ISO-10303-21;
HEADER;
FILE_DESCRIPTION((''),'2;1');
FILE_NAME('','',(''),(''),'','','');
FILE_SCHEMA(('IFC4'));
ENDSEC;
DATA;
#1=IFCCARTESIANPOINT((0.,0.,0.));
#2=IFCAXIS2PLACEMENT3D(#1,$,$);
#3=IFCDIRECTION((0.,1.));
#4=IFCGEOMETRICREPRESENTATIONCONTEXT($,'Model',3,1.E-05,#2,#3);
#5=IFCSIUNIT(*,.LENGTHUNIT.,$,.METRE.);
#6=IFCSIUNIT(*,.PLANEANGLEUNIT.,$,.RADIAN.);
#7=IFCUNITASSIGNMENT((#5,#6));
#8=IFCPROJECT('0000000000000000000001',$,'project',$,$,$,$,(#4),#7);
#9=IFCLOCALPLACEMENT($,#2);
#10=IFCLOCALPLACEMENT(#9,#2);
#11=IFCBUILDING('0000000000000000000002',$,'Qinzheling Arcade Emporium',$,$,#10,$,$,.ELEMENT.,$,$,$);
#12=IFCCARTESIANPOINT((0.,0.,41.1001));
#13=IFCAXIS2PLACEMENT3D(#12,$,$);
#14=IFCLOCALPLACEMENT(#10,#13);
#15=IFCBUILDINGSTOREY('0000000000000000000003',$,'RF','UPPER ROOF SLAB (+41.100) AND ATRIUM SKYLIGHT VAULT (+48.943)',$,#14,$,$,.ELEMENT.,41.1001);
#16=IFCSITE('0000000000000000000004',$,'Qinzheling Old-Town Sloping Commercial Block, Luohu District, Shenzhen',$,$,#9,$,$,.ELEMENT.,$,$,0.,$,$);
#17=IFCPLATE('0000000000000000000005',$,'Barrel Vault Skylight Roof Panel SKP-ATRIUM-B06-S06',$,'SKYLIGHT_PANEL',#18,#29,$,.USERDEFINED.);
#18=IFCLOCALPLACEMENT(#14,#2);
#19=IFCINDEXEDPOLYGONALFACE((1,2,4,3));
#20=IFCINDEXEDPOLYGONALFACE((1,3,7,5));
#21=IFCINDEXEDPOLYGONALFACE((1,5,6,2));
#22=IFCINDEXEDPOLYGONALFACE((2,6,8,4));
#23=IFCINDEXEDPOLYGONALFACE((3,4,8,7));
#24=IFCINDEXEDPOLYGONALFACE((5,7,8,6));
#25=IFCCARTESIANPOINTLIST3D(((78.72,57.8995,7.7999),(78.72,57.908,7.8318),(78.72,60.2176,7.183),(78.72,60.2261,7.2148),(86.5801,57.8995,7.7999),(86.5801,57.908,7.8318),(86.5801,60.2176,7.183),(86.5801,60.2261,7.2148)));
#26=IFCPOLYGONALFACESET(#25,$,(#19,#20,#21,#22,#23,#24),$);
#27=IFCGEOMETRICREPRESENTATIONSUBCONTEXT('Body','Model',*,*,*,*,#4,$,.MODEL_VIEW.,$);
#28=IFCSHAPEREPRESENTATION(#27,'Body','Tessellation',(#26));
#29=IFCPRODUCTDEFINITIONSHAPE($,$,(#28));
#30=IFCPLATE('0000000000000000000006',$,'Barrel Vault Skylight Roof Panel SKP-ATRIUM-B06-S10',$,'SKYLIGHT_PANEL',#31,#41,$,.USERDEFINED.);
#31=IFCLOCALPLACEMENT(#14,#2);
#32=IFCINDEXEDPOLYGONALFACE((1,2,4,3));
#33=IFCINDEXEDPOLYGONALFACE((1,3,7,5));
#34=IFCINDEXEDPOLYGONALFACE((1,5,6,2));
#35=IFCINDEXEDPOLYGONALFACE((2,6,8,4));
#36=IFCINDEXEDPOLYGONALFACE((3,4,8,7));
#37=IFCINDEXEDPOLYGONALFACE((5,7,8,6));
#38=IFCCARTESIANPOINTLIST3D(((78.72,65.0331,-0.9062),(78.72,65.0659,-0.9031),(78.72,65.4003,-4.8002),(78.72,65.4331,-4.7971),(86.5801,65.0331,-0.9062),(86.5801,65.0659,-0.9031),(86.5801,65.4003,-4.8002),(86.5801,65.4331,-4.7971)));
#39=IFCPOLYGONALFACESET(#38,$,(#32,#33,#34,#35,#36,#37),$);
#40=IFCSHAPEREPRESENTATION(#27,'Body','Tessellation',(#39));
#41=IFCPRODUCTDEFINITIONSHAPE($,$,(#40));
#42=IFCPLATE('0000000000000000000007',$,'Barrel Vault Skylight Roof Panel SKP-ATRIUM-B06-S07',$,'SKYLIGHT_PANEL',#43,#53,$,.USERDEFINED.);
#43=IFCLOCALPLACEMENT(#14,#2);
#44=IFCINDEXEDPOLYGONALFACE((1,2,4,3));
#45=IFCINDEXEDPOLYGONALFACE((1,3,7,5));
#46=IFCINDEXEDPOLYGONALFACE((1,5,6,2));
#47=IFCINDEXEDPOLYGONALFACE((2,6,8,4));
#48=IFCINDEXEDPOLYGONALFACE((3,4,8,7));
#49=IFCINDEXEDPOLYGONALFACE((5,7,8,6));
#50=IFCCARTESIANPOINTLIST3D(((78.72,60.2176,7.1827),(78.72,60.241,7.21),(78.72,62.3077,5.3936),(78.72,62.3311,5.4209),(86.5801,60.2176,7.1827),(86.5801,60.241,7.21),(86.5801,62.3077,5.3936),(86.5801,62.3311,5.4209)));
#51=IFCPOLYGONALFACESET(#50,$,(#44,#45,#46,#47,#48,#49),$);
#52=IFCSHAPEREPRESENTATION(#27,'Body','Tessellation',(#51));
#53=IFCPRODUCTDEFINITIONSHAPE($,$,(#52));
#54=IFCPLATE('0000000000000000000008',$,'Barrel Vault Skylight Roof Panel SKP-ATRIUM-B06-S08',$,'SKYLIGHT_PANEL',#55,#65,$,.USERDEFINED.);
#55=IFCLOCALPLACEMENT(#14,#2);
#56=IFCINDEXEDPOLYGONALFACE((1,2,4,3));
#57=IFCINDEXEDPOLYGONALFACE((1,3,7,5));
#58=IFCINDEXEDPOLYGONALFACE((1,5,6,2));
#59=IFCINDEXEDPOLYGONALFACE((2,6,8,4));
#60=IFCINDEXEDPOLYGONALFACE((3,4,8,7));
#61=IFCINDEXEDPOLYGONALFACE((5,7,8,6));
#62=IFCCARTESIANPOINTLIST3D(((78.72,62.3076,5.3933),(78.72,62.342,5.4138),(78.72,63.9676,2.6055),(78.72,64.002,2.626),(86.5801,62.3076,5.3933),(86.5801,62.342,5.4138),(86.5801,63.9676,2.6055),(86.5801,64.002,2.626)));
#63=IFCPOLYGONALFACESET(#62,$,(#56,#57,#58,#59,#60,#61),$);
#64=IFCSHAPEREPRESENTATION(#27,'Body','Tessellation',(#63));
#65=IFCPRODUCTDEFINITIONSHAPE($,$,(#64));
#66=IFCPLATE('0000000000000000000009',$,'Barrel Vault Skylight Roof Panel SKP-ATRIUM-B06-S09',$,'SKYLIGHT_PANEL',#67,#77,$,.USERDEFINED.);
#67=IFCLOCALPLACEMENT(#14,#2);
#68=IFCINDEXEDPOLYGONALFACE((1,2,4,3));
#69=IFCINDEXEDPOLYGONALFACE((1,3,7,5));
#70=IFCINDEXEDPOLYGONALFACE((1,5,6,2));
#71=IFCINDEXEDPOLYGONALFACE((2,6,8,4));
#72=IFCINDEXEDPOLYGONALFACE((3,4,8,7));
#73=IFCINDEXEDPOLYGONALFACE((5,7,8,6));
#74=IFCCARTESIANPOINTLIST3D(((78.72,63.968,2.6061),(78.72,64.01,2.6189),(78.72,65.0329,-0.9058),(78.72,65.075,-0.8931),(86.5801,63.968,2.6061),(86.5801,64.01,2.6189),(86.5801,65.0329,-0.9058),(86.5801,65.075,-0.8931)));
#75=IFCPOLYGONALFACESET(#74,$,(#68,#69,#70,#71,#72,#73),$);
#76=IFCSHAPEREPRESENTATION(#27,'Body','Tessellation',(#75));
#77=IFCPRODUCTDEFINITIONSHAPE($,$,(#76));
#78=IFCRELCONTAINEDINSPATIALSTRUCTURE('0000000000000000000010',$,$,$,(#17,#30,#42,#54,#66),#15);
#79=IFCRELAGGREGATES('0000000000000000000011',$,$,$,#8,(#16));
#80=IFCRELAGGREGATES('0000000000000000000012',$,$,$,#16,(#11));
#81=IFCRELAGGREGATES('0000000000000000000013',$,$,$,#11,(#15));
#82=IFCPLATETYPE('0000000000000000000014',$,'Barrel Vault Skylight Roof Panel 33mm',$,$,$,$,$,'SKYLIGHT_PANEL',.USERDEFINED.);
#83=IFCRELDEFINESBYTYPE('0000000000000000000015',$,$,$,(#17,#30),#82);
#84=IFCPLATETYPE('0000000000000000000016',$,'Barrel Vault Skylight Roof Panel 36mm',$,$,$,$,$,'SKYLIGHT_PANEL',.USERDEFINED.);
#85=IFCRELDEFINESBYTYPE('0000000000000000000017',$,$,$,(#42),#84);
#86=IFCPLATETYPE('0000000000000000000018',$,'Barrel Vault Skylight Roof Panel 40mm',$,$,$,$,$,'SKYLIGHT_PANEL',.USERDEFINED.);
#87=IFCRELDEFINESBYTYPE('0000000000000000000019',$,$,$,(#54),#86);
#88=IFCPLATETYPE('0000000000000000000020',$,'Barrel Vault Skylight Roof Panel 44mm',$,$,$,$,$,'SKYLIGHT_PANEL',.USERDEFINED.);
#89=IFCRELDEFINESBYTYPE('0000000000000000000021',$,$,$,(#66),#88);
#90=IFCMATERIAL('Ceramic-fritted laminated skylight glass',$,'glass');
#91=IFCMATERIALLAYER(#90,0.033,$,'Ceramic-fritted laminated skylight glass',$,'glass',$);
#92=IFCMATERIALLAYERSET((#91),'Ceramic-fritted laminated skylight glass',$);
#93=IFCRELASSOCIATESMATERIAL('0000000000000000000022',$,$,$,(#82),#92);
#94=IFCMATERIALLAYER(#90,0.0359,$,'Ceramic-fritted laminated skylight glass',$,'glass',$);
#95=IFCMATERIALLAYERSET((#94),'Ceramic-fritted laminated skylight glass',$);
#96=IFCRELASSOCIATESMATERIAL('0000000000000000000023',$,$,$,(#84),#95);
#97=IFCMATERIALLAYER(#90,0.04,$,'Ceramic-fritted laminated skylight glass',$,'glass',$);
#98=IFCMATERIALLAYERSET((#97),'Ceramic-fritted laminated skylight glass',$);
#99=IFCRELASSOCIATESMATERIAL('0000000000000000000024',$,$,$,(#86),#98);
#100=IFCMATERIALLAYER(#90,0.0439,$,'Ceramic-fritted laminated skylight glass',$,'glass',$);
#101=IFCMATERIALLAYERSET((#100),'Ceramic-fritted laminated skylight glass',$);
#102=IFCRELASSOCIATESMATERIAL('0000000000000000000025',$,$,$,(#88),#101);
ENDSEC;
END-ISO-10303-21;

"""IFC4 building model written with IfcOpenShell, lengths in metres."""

from ifc_helpers import new_model, si_unit, direction, frame, origin, place, context, subcontext, project, spatial, polyline, outline, extrude, material, layer, layer_set, type_object, element, save


model = new_model("IFC4")

# Units and contexts
model_context = context("Model", 3, precision=1e-05, world=origin(), true_north=direction((0.0, 1.0)))
body_context = subcontext(model_context, "Body", "Model", "MODEL_VIEW")
ifc_project = project(units=[si_unit("LENGTHUNIT", "METRE"), si_unit("PLANEANGLEUNIT", "RADIAN")], contexts=[model_context])

# Site, building, storey
site_placement = place(None, origin())
site = spatial("IfcSite", under=ifc_project, at=site_placement, Name="Qinzheling Old-Town Sloping Commercial Block, Luohu District, Shenzhen", CompositionType="ELEMENT", RefElevation=0.0)
building_placement = place(site_placement, origin())
building = spatial("IfcBuilding", under=site, at=building_placement, Name="Qinzheling Arcade Emporium", CompositionType="ELEMENT")
storey_placement = place(building_placement, frame((0.0, 0.0, 41.1001)))
storey = spatial("IfcBuildingStorey", under=building, at=storey_placement, Name="RF", Description="UPPER ROOF SLAB (+41.100) AND ATRIUM SKYLIGHT VAULT (+48.943)", CompositionType="ELEMENT", Elevation=41.1001)

# Plates
ifc_material_1 = material(Name="Ceramic-fritted laminated skylight glass", Category="glass")
ifc_layer_1 = layer(ifc_material_1, 0.033, Name="Ceramic-fritted laminated skylight glass", Category="glass")
ifc_layer_set_1 = layer_set([ifc_layer_1], Name="Ceramic-fritted laminated skylight glass")
plate_type_1 = type_object("IfcPlateType", Name="Barrel Vault Skylight Roof Panel 33mm", ElementType="SKYLIGHT_PANEL", PredefinedType="USERDEFINED", material=ifc_layer_set_1)
plate_1_placement = place(storey_placement, frame((78.72, 57.908, 7.8318), z_axis=(0.0, 0.257188, 0.966362), x_axis=(1.0, 0.0, 0.0)))
element("IfcPlate", 1, at=plate_1_placement, inside=storey, type_object=plate_type_1, Name="Barrel Vault Skylight Roof Panel SKP-ATRIUM-B06-S06", ObjectType="SKYLIGHT_PANEL", PredefinedType="USERDEFINED", context=body_context, shape_type="SweptSolid", body=[
    extrude(outline(polyline([(0.0, 0.0), (7.8601, 0.0), (7.8601, 2.3988), (0.0, 2.3988), (0.0, 0.0)])), origin(), (0.0, 0.0, -1.0), 0.033),
])
plate_2_placement = place(storey_placement, frame((78.72, 65.0659, -0.9031), z_axis=(0.0, 0.995584, 0.093878), x_axis=(1.0, 0.0, 0.0)))
element("IfcPlate", 2, at=plate_2_placement, inside=storey, type_object=plate_type_1, Name="Barrel Vault Skylight Roof Panel SKP-ATRIUM-B06-S10", ObjectType="SKYLIGHT_PANEL", PredefinedType="USERDEFINED", context=body_context, shape_type="SweptSolid", body=[
    extrude(outline(polyline([(0.0, 0.0), (7.8601, 0.0), (7.8601, 3.9113), (0.0, 3.9113), (0.0, 0.0)])), origin(), (0.0, 0.0, -1.0), 0.033),
])
ifc_layer_2 = layer(ifc_material_1, 0.0359, Name="Ceramic-fritted laminated skylight glass", Category="glass")
ifc_layer_set_2 = layer_set([ifc_layer_2], Name="Ceramic-fritted laminated skylight glass")
plate_type_2 = type_object("IfcPlateType", Name="Barrel Vault Skylight Roof Panel 36mm", ElementType="SKYLIGHT_PANEL", PredefinedType="USERDEFINED", material=ifc_layer_set_2)
plate_3_placement = place(storey_placement, frame((78.72, 60.241, 7.21), z_axis=(0.0, 0.65028, 0.759695), x_axis=(1.0, 0.0, 0.0)))
element("IfcPlate", 3, at=plate_3_placement, inside=storey, type_object=plate_type_2, Name="Barrel Vault Skylight Roof Panel SKP-ATRIUM-B06-S07", ObjectType="SKYLIGHT_PANEL", PredefinedType="USERDEFINED", context=body_context, shape_type="SweptSolid", body=[
    extrude(outline(polyline([(0.0, 0.0), (7.8601, 0.0), (7.8601, 2.7512), (0.0, 2.7512), (0.0, 0.0)])), origin(), (0.0, 0.0, -1.0), 0.0359),
])
ifc_layer_3 = layer(ifc_material_1, 0.04, Name="Ceramic-fritted laminated skylight glass", Category="glass")
ifc_layer_set_3 = layer_set([ifc_layer_3], Name="Ceramic-fritted laminated skylight glass")
plate_type_3 = type_object("IfcPlateType", Name="Barrel Vault Skylight Roof Panel 40mm", ElementType="SKYLIGHT_PANEL", PredefinedType="USERDEFINED", material=ifc_layer_set_3)
plate_4_placement = place(storey_placement, frame((78.72, 62.342, 5.4138), z_axis=(0.0, 0.859228, 0.511594), x_axis=(1.0, 0.0, 0.0)))
element("IfcPlate", 4, at=plate_4_placement, inside=storey, type_object=plate_type_3, Name="Barrel Vault Skylight Roof Panel SKP-ATRIUM-B06-S08", ObjectType="SKYLIGHT_PANEL", PredefinedType="USERDEFINED", context=body_context, shape_type="SweptSolid", body=[
    extrude(outline(polyline([(0.0, 0.0), (7.8601, 0.0), (7.8601, 3.2446), (0.0, 3.2446), (0.0, 0.0)])), origin(), (0.0, 0.0, -1.0), 0.04),
])
ifc_layer_4 = layer(ifc_material_1, 0.0439, Name="Ceramic-fritted laminated skylight glass", Category="glass")
ifc_layer_set_4 = layer_set([ifc_layer_4], Name="Ceramic-fritted laminated skylight glass")
plate_type_4 = type_object("IfcPlateType", Name="Barrel Vault Skylight Roof Panel 44mm", ElementType="SKYLIGHT_PANEL", PredefinedType="USERDEFINED", material=ifc_layer_set_4)
plate_5_placement = place(storey_placement, frame((78.72, 64.01, 2.6189), z_axis=(0.0, 0.956971, 0.290185), x_axis=(1.0, 0.0, 0.0)))
element("IfcPlate", 5, at=plate_5_placement, inside=storey, type_object=plate_type_4, Name="Barrel Vault Skylight Roof Panel SKP-ATRIUM-B06-S09", ObjectType="SKYLIGHT_PANEL", PredefinedType="USERDEFINED", context=body_context, shape_type="SweptSolid", body=[
    extrude(outline(polyline([(0.0, 0.0), (7.8601, 0.0), (7.8601, 3.6699), (0.0, 3.6699), (0.0, 0.0)])), origin(), (0.0, 0.0, -1.0), 0.0439),
])

save(model, "model.ifc")
